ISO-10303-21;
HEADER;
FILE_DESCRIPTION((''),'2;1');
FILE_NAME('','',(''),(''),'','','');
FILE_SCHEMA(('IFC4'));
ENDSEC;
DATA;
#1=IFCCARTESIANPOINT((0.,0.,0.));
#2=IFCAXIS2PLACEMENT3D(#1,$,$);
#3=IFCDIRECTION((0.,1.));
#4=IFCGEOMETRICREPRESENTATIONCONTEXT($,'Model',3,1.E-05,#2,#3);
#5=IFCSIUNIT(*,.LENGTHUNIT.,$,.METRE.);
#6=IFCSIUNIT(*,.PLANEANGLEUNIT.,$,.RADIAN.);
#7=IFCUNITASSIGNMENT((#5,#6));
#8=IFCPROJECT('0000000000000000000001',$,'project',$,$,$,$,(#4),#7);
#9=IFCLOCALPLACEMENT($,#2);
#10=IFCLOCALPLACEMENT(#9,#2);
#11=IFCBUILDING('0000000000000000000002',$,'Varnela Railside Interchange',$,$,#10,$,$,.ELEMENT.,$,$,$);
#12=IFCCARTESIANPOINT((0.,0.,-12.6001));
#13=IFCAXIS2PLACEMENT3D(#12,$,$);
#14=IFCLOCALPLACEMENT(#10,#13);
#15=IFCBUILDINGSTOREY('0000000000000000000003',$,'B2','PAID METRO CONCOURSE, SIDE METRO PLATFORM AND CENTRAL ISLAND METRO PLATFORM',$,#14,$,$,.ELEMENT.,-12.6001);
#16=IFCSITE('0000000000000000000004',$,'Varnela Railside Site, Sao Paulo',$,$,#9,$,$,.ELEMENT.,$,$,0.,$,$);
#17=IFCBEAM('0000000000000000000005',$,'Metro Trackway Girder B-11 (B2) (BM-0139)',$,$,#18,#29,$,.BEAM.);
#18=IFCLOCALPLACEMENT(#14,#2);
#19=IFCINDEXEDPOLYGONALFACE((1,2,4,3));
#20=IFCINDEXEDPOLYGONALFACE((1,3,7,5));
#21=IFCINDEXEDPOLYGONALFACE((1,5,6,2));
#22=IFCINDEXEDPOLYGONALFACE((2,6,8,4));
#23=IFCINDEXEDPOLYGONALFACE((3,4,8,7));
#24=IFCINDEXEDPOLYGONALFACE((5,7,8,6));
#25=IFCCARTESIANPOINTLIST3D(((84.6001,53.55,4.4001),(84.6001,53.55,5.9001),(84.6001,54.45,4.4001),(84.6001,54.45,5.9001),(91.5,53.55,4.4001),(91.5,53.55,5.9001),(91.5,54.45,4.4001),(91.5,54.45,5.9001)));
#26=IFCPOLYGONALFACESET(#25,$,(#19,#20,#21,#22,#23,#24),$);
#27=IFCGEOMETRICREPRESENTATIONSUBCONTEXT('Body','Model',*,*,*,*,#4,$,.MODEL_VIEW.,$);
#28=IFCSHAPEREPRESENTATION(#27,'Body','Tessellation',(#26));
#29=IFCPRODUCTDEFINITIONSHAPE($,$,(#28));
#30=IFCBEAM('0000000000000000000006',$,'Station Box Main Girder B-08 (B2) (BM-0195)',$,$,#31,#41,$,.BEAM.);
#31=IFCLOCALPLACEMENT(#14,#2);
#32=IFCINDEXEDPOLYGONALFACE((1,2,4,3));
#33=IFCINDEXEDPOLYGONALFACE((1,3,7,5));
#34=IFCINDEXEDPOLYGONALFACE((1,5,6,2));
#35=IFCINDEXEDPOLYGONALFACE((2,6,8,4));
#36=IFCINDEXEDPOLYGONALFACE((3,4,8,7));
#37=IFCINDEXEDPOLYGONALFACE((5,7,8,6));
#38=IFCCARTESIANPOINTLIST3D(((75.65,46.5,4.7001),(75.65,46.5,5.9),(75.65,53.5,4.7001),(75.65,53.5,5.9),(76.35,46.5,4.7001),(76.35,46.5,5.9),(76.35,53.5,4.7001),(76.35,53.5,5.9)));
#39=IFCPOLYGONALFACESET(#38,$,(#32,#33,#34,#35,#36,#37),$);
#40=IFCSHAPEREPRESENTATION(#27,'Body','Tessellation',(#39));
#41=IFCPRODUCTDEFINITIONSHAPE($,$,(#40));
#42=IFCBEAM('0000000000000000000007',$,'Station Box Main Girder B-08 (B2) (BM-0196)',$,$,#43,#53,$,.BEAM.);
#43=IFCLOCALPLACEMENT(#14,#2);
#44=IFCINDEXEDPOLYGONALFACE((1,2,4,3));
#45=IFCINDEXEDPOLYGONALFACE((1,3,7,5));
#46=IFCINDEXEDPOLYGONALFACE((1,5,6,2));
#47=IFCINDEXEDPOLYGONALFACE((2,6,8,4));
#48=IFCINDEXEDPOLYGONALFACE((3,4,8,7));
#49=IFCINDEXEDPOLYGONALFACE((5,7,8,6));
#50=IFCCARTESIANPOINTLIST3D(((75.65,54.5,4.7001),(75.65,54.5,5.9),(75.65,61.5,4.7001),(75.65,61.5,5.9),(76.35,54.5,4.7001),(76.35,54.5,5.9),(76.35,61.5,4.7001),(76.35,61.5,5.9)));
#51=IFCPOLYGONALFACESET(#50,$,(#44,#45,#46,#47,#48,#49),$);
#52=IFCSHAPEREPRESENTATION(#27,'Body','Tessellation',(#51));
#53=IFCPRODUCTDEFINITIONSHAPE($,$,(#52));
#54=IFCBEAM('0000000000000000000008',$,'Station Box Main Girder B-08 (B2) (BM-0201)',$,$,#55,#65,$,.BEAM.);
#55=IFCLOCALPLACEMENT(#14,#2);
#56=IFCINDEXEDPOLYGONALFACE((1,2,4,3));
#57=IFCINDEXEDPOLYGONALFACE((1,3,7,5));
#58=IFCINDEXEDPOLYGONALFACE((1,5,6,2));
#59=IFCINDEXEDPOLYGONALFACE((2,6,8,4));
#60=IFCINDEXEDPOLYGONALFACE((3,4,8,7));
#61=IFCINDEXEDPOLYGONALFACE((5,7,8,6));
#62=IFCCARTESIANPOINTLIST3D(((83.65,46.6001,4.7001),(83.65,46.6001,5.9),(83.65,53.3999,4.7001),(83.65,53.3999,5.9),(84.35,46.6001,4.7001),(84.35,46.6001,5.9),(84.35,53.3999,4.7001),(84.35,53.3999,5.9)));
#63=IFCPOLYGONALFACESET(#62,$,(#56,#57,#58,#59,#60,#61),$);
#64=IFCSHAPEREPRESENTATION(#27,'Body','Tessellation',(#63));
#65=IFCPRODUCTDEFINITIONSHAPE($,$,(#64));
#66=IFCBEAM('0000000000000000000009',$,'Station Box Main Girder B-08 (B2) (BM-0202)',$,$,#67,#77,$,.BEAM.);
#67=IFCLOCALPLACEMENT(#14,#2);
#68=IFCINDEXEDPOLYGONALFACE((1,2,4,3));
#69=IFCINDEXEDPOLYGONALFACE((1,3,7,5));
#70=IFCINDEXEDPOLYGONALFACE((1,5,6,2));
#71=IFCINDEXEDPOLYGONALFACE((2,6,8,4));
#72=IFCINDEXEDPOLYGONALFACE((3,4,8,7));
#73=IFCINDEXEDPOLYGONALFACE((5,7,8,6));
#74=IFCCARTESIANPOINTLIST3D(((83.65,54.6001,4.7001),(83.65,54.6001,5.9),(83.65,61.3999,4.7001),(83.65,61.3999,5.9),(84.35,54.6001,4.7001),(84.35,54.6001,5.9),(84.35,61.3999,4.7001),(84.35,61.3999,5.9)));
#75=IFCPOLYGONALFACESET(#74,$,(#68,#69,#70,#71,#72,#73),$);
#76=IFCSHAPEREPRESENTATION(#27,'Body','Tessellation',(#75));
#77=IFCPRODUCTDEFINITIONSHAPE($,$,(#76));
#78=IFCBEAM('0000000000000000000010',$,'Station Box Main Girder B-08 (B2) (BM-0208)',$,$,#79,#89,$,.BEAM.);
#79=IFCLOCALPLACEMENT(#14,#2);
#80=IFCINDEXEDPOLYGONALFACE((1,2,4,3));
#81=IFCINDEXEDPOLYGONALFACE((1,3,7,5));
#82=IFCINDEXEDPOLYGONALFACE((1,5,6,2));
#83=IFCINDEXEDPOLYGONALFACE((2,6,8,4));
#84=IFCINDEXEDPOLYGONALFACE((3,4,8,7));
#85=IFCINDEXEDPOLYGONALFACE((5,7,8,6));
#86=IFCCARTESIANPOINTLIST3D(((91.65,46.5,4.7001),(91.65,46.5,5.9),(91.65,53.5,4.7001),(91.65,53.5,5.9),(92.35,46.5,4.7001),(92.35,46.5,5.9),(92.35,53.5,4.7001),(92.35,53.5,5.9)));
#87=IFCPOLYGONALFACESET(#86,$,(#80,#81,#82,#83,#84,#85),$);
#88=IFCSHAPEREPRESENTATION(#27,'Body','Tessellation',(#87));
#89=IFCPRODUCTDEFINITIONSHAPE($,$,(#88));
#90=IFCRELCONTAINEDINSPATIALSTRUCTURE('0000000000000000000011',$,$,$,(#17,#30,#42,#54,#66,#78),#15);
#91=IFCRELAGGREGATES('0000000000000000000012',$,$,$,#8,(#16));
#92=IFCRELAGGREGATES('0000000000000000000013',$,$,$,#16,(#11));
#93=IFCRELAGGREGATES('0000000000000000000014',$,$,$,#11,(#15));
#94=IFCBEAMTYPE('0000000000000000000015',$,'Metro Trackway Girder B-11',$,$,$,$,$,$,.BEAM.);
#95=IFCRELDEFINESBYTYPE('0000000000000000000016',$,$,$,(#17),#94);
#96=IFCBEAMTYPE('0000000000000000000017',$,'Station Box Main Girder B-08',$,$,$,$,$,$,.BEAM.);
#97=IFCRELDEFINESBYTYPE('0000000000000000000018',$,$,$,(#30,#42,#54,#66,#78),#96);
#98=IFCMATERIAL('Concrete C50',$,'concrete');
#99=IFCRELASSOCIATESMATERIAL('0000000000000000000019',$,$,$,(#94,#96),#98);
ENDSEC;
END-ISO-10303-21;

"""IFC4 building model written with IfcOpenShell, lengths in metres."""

from ifc_helpers import new_model, si_unit, direction, frame, origin, origin_2d, place, context, subcontext, project, spatial, rectangle, extrude, material, material_profile, profile_set, type_object, element, save


model = new_model("IFC4")

# Units and contexts
model_context = context("Model", 3, precision=1e-05, world=origin(), true_north=direction((0.0, 1.0)))
body_context = subcontext(model_context, "Body", "Model", "MODEL_VIEW")
ifc_project = project(units=[si_unit("LENGTHUNIT", "METRE"), si_unit("PLANEANGLEUNIT", "RADIAN")], contexts=[model_context])

# Site, building, storey
site_placement = place(None, origin())
site = spatial("IfcSite", under=ifc_project, at=site_placement, Name="Varnela Railside Site, Sao Paulo", CompositionType="ELEMENT", RefElevation=0.0)
building_placement = place(site_placement, origin())
building = spatial("IfcBuilding", under=site, at=building_placement, Name="Varnela Railside Interchange", CompositionType="ELEMENT")
storey_placement = place(building_placement, frame((0.0, 0.0, -12.6001)))
storey = spatial("IfcBuildingStorey", under=building, at=storey_placement, Name="B2", Description="PAID METRO CONCOURSE, SIDE METRO PLATFORM AND CENTRAL ISLAND METRO PLATFORM", CompositionType="ELEMENT", Elevation=-12.6001)

# Shared definitions
ifc_material_1 = material(Name="Concrete C50", Category="concrete")

# Beams
ifc_material_profile_1 = material_profile(ifc_material_1, rectangle(XDim=0.8999, YDim=1.5, at=origin_2d()), Name="RC 900x1500")
ifc_profile_set_1 = profile_set([ifc_material_profile_1], Name="Concrete C50")
beam_type_1 = type_object("IfcBeamType", Name="Metro Trackway Girder B-11", PredefinedType="BEAM", material=ifc_profile_set_1)
for number, where, z_axis, x_axis, name in (
    (1, (84.6001, 54.0, 5.1501), (1.0, 0.0, 0.0), (0.0, 1.0, 0.0), "Metro Trackway Girder B-11 (B2) (BM-0139)"),
):
    element("IfcBeam", number, at=place(storey_placement, frame(where, z_axis=z_axis, x_axis=x_axis)), inside=storey, type_object=beam_type_1, Name=name, PredefinedType="BEAM", context=body_context, shape_type="SweptSolid", body=[
        extrude(rectangle(XDim=0.8999, YDim=1.5, at=origin_2d()), origin(), (0.0, 0.0, 1.0), 6.8999),
    ])
ifc_material_profile_2 = material_profile(ifc_material_1, rectangle(XDim=0.7, YDim=1.2, at=origin_2d()), Name="RC 700x1200")
ifc_profile_set_2 = profile_set([ifc_material_profile_2], Name="Concrete C50")
beam_type_2 = type_object("IfcBeamType", Name="Station Box Main Girder B-08", PredefinedType="BEAM", material=ifc_profile_set_2)
for number, where, z_axis, x_axis, name in (
    (2, (76.0, 46.5, 5.3), (0.0, 1.0, 0.0), (-1.0, 0.0, 0.0), "Station Box Main Girder B-08 (B2) (BM-0195)"),
    (3, (76.0, 54.5, 5.3), (0.0, 1.0, 0.0), (-1.0, 0.0, 0.0), "Station Box Main Girder B-08 (B2) (BM-0196)"),
):
    element("IfcBeam", number, at=place(storey_placement, frame(where, z_axis=z_axis, x_axis=x_axis)), inside=storey, type_object=beam_type_2, Name=name, PredefinedType="BEAM", context=body_context, shape_type="SweptSolid", body=[
        extrude(rectangle(XDim=0.7, YDim=1.2, at=origin_2d()), origin(), (0.0, 0.0, 1.0), 7.0),
    ])
for number, where, z_axis, x_axis, name in (
    (4, (84.0, 46.6001, 5.3), (0.0, 1.0, 0.0), (-1.0, 0.0, 0.0), "Station Box Main Girder B-08 (B2) (BM-0201)"),
    (5, (84.0, 54.6001, 5.3), (0.0, 1.0, 0.0), (-1.0, 0.0, 0.0), "Station Box Main Girder B-08 (B2) (BM-0202)"),
):
    element("IfcBeam", number, at=place(storey_placement, frame(where, z_axis=z_axis, x_axis=x_axis)), inside=storey, type_object=beam_type_2, Name=name, PredefinedType="BEAM", context=body_context, shape_type="SweptSolid", body=[
        extrude(rectangle(XDim=0.7, YDim=1.2, at=origin_2d()), origin(), (0.0, 0.0, 1.0), 6.7998),
    ])
beam_placement = place(storey_placement, frame((92.0, 46.5, 5.3), z_axis=(0.0, 1.0, 0.0), x_axis=(-1.0, 0.0, 0.0)))
element("IfcBeam", 6, at=beam_placement, inside=storey, type_object=beam_type_2, Name="Station Box Main Girder B-08 (B2) (BM-0208)", PredefinedType="BEAM", context=body_context, shape_type="SweptSolid", body=[
    extrude(rectangle(XDim=0.7, YDim=1.2, at=origin_2d()), origin(), (0.0, 0.0, 1.0), 7.0),
])

save(model, "model.ifc")
